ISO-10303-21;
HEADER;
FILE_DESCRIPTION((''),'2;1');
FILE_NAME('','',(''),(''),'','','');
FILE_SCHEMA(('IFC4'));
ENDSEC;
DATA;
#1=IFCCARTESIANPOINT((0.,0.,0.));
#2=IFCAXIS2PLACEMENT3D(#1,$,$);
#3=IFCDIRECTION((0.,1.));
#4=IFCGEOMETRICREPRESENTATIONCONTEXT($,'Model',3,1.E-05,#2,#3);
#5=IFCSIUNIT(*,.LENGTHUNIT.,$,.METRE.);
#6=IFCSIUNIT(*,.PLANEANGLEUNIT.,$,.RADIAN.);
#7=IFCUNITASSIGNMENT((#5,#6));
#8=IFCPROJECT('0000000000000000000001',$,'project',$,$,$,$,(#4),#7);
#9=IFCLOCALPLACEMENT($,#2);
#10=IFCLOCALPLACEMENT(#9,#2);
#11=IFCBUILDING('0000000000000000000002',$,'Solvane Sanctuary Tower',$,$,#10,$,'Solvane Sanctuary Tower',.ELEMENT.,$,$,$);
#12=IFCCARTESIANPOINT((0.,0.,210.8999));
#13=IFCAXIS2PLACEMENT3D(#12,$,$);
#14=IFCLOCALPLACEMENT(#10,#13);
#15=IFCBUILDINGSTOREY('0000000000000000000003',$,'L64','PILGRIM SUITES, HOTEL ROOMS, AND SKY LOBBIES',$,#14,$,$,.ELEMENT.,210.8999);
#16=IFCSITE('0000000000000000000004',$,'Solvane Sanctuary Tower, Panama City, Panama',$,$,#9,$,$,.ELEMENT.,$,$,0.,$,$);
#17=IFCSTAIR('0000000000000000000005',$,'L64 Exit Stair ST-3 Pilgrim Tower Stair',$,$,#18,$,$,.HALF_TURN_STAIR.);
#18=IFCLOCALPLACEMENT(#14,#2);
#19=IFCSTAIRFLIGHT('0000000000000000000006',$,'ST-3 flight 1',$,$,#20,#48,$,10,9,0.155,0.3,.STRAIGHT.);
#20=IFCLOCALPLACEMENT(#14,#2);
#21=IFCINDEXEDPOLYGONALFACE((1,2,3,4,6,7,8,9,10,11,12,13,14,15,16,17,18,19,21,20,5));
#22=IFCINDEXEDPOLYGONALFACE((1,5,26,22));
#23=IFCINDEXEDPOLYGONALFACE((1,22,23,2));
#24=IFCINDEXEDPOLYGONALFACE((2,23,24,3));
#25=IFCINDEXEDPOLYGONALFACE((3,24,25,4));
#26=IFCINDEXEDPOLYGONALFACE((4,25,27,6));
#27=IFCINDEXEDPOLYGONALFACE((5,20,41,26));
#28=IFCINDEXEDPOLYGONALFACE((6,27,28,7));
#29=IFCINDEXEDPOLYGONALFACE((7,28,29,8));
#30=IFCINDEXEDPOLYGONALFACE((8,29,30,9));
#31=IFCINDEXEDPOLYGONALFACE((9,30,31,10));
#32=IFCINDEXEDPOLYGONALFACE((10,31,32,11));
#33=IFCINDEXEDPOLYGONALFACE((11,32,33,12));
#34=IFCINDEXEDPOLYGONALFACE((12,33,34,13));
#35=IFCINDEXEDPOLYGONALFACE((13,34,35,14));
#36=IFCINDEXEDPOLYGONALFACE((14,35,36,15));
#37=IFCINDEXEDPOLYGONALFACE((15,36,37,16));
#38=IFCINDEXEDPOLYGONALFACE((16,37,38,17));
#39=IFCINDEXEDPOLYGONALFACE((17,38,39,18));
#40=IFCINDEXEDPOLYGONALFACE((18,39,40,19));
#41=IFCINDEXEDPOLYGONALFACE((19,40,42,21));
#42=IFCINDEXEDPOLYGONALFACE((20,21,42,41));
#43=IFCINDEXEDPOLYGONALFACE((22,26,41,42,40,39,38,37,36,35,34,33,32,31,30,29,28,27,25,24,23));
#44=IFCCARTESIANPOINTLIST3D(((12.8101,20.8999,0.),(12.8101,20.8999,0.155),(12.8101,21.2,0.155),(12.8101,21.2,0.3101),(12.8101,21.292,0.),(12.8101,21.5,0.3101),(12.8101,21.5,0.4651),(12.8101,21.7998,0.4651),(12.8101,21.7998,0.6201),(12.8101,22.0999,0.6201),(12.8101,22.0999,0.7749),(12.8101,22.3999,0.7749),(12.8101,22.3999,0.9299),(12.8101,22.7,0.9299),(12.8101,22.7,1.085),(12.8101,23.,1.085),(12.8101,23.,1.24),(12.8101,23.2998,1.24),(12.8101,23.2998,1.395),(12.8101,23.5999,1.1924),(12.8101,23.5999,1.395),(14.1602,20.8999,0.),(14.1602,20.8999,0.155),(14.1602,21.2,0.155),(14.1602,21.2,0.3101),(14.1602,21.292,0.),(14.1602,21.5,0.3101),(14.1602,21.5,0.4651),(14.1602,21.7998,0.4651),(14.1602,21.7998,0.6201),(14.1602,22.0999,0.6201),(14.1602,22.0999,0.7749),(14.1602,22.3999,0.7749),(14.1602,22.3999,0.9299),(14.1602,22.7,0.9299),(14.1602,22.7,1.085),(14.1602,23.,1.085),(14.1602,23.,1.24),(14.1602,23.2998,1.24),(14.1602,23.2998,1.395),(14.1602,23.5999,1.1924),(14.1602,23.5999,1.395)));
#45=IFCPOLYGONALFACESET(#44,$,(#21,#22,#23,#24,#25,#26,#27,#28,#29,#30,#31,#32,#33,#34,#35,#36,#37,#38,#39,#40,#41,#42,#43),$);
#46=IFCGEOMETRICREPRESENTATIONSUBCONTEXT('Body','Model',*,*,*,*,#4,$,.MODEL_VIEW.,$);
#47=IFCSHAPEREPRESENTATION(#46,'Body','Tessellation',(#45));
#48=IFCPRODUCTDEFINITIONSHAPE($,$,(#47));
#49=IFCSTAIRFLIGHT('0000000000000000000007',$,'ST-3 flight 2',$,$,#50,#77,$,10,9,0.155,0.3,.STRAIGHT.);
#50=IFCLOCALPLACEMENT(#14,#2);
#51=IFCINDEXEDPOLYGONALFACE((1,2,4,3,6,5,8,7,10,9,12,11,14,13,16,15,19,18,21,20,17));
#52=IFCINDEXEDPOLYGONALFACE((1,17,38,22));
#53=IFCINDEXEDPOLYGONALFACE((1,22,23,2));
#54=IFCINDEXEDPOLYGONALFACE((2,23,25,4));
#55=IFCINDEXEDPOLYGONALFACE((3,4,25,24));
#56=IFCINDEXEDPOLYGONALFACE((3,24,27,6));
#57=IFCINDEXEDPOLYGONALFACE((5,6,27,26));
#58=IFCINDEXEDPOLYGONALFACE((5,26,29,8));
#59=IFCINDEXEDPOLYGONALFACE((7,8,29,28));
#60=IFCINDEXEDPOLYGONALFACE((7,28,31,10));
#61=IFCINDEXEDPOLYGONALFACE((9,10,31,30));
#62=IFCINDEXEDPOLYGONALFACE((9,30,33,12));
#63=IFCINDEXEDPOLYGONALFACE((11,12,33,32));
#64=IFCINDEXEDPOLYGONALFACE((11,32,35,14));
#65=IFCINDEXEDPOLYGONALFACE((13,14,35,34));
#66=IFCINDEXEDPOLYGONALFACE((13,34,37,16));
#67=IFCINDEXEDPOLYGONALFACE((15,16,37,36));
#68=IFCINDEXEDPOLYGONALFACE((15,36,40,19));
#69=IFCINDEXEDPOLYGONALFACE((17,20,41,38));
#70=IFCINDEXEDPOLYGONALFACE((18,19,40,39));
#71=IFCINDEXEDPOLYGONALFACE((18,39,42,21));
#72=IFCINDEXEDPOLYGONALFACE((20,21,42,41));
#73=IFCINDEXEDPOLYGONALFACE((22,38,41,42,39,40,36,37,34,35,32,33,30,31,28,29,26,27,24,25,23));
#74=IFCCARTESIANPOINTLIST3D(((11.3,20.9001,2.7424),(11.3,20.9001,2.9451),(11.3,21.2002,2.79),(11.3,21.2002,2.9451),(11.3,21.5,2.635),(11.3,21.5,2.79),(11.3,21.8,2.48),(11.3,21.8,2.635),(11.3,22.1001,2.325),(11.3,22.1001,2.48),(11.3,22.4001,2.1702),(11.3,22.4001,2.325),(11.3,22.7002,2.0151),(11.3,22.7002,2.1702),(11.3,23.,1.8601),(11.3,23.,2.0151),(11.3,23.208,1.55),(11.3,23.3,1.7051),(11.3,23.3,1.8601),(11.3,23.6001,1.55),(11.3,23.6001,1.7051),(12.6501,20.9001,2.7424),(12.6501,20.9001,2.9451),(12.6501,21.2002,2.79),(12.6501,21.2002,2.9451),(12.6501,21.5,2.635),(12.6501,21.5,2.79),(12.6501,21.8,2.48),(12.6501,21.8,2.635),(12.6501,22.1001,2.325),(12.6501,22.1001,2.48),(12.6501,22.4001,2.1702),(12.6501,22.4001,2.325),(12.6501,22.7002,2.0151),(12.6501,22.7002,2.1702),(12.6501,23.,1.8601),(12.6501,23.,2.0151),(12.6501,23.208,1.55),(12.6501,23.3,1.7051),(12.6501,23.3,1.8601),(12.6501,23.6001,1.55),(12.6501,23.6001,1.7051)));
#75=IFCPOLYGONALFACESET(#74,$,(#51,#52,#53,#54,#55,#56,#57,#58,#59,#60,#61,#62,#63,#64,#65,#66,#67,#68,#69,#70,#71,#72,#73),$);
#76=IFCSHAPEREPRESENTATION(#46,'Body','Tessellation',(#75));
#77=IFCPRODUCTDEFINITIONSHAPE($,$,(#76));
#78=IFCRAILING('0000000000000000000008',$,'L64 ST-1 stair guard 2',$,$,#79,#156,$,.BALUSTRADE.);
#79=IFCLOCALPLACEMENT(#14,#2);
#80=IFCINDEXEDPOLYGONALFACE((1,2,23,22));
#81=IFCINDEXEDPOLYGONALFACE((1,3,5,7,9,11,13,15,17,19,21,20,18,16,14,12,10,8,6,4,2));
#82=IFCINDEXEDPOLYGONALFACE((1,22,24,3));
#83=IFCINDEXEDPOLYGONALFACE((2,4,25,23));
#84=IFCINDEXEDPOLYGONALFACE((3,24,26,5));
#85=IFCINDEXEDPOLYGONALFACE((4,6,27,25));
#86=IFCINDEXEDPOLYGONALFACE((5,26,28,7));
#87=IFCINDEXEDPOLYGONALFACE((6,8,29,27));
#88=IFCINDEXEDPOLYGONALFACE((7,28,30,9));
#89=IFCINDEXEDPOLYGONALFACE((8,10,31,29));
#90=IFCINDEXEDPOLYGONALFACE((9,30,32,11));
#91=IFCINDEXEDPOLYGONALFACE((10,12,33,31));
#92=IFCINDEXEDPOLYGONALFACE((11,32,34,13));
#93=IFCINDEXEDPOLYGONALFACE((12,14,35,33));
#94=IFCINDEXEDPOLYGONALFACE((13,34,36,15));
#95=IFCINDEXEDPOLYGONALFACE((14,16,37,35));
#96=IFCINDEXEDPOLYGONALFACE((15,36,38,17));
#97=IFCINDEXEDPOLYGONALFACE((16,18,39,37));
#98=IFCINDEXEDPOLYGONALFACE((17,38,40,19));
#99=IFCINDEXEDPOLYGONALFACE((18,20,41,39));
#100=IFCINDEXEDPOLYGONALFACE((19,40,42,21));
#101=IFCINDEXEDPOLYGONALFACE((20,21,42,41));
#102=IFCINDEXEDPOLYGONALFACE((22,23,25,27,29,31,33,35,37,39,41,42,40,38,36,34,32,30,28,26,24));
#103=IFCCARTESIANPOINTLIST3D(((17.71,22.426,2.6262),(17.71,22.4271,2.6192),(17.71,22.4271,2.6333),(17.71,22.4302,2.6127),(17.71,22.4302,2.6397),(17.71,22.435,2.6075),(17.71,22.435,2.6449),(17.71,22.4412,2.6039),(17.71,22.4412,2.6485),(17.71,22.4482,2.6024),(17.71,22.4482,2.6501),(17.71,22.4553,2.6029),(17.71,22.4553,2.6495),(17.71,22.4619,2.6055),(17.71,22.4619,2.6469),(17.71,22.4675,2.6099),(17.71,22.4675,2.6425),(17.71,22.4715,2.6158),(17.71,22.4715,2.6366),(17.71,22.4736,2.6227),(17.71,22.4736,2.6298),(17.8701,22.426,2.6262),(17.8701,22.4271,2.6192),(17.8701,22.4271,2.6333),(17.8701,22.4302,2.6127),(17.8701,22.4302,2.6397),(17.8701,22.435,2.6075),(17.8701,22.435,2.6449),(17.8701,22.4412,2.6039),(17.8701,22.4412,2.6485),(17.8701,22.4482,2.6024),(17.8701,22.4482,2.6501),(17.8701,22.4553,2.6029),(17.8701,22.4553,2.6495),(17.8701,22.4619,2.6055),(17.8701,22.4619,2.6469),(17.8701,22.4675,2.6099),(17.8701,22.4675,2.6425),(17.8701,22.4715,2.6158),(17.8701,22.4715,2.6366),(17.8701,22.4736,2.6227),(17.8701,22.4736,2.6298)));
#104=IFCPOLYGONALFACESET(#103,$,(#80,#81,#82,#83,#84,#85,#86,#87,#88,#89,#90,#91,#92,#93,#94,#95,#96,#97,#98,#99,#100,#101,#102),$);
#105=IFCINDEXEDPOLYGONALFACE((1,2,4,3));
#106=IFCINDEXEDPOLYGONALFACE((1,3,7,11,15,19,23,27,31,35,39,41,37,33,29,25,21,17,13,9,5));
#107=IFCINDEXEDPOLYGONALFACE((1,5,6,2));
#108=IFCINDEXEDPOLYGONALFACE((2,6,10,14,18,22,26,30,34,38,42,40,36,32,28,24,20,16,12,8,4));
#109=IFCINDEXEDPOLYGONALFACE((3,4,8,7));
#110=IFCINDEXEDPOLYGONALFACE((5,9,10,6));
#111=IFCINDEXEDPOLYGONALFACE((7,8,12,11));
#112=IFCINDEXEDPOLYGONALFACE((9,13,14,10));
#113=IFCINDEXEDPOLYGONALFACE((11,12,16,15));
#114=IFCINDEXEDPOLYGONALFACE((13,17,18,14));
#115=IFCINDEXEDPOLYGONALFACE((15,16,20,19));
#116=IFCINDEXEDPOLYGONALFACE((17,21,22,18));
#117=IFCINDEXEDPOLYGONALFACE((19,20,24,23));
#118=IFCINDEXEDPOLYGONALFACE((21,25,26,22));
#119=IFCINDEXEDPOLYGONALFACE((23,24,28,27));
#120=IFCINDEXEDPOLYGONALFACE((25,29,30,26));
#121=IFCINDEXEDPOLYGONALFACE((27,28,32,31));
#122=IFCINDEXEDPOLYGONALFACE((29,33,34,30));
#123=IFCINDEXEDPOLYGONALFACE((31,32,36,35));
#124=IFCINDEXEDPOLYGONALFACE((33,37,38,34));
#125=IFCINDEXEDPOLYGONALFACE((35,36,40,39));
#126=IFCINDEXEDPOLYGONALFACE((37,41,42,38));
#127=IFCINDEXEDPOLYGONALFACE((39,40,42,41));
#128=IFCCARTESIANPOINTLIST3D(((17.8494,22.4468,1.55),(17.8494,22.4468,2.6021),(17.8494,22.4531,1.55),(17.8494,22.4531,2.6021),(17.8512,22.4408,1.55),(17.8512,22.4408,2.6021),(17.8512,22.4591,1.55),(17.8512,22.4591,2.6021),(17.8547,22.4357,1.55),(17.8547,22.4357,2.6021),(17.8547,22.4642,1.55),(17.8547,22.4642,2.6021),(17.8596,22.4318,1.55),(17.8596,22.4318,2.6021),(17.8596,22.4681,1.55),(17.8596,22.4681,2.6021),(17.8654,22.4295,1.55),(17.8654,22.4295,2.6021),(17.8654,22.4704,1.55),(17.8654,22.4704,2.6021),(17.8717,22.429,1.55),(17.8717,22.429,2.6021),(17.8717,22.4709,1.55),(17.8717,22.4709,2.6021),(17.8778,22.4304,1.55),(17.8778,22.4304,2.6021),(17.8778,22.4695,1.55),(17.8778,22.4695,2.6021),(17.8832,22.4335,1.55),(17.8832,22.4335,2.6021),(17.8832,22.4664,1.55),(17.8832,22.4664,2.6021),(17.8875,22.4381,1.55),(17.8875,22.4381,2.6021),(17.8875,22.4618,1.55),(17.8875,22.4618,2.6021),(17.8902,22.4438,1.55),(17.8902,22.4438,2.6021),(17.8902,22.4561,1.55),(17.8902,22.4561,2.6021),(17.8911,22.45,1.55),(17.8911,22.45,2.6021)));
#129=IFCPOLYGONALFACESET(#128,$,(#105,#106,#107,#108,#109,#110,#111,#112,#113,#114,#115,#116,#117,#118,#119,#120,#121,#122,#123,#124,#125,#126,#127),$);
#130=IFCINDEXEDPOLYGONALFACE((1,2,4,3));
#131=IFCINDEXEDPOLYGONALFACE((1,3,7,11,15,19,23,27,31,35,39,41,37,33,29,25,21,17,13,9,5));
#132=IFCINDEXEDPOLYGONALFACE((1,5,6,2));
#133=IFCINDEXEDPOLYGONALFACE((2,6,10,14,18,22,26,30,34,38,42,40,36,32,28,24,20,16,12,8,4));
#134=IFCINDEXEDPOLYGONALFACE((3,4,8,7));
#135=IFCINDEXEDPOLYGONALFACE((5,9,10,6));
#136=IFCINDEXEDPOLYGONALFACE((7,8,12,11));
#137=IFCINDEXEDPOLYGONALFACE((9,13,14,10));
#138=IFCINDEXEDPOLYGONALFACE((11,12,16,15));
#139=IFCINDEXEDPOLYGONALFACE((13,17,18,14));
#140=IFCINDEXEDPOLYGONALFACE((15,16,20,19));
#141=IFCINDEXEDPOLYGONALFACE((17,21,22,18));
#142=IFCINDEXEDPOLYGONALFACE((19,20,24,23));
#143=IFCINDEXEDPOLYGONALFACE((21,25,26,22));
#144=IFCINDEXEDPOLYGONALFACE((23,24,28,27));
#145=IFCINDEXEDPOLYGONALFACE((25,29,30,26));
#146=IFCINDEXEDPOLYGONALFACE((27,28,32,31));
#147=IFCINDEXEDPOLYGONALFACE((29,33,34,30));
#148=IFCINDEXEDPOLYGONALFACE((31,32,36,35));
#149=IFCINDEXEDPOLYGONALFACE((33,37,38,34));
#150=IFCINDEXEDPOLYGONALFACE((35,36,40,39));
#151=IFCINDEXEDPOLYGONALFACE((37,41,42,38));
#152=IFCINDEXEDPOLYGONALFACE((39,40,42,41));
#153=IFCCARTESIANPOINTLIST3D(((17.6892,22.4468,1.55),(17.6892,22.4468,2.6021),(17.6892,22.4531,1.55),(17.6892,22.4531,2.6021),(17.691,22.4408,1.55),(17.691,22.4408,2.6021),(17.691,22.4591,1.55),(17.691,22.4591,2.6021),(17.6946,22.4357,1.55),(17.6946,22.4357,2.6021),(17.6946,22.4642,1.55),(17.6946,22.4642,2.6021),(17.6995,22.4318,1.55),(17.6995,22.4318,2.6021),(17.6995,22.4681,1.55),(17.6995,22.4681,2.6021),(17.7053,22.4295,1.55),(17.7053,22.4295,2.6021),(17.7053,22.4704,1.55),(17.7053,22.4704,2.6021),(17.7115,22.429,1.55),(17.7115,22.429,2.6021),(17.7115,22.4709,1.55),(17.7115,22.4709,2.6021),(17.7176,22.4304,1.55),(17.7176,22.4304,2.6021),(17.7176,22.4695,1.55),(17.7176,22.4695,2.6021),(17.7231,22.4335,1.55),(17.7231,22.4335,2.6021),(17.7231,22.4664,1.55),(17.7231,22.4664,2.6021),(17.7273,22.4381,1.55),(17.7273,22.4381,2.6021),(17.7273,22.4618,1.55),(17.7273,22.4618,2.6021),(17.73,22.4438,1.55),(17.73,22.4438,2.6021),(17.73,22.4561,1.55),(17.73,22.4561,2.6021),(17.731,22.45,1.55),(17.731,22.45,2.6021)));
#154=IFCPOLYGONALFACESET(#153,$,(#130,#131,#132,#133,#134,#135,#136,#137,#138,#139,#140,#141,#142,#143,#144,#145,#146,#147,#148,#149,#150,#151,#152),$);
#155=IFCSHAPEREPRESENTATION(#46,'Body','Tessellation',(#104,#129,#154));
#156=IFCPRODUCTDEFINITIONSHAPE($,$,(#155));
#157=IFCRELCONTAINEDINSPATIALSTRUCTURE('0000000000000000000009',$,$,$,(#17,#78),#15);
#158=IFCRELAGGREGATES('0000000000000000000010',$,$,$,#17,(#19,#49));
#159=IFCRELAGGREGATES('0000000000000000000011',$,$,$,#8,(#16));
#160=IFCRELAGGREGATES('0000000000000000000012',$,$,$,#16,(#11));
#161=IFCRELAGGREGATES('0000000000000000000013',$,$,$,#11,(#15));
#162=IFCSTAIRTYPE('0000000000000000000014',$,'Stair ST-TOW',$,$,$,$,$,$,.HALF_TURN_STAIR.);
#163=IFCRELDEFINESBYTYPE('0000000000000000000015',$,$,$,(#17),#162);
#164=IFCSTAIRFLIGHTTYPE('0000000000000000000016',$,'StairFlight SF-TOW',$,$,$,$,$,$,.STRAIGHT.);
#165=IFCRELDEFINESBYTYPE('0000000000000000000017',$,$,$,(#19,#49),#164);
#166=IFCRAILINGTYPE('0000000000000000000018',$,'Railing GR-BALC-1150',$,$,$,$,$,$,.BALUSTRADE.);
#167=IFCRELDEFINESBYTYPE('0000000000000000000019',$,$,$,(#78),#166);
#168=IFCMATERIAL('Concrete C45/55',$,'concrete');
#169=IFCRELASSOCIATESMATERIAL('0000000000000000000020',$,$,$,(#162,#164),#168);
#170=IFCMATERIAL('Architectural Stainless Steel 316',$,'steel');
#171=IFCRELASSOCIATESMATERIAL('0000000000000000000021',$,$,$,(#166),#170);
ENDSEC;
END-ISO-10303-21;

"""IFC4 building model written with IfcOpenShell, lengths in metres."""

from ifc_helpers import new_model, si_unit, direction, frame, origin, origin_2d, place, context, subcontext, project, spatial, polyline, circle, outline, extrude, material, type_object, element, aggregate, save


model = new_model("IFC4")

# Units and contexts
model_context = context("Model", 3, precision=1e-05, world=origin(), true_north=direction((0.0, 1.0)))
body_context = subcontext(model_context, "Body", "Model", "MODEL_VIEW")
ifc_project = project(units=[si_unit("LENGTHUNIT", "METRE"), si_unit("PLANEANGLEUNIT", "RADIAN")], contexts=[model_context])

# Site, building, storey
site_placement = place(None, origin())
site = spatial("IfcSite", under=ifc_project, at=site_placement, Name="Solvane Sanctuary Tower, Panama City, Panama", CompositionType="ELEMENT", RefElevation=0.0)
building_placement = place(site_placement, origin())
building = spatial("IfcBuilding", under=site, at=building_placement, Name="Solvane Sanctuary Tower", LongName="Solvane Sanctuary Tower", CompositionType="ELEMENT")
storey_placement = place(building_placement, frame((0.0, 0.0, 210.8999)))
storey = spatial("IfcBuildingStorey", under=building, at=storey_placement, Name="L64", Description="PILGRIM SUITES, HOTEL ROOMS, AND SKY LOBBIES", CompositionType="ELEMENT", Elevation=210.8999)

# Shared definitions
ifc_material_1 = material(Name="Concrete C45/55", Category="concrete")
stair_type = type_object("IfcStairType", Name="Stair ST-TOW", PredefinedType="HALF_TURN_STAIR", material=ifc_material_1)
stair_flight_type = type_object("IfcStairFlightType", Name="StairFlight SF-TOW", PredefinedType="STRAIGHT", material=ifc_material_1)

# Stair, stair flights
stair_1_placement = place(storey_placement, origin())
stair_1 = element("IfcStair", 1, at=stair_1_placement, inside=storey, type_object=stair_type, Name="L64 Exit Stair ST-3 Pilgrim Tower Stair", PredefinedType="HALF_TURN_STAIR")
stair_flight_1_placement = place(storey_placement, frame((13.4851, 20.8999, 0.0), z_axis=(0.0, 0.0, 1.0), x_axis=(0.0, 1.0, 0.0)))
stair_flight_1 = element("IfcStairFlight", 2, at=stair_flight_1_placement, type_object=stair_flight_type, Name="ST-3 flight 1", NumberOfRisers=10, NumberOfTreads=9, PredefinedType="STRAIGHT", RiserHeight=0.155, TreadLength=0.3, context=body_context, shape_type="SweptSolid", body=[
    extrude(outline(polyline([(0.0, 0.0), (0.0, 0.155), (0.3, 0.155), (0.3, 0.3101), (0.6001, 0.3101), (0.6001, 0.4651), (0.8999, 0.4651), (0.8999, 0.6201), (1.2, 0.6201), (1.2, 0.7749), (1.5, 0.7749), (1.5, 0.9299), (1.8, 0.9299), (1.8, 1.085), (2.1001, 1.085), (2.1001, 1.24), (2.3999, 1.24), (2.3999, 1.395), (2.7, 1.395), (2.7, 1.55), (2.7, 1.1924), (0.3921, 0.0), (0.0, 0.0)])), frame((0.0, 0.675, 0.0), z_axis=(0.0, -1.0, 0.0), x_axis=(1.0, 0.0, 0.0)), (0.0, 0.0, 1.0), 1.3501),
])
stair_flight_2_placement = place(storey_placement, frame((11.9751, 23.6001, 1.55), z_axis=(0.0, 0.0, 1.0), x_axis=(0.0, -1.0, 0.0)))
stair_flight_2 = element("IfcStairFlight", 3, at=stair_flight_2_placement, type_object=stair_flight_type, Name="ST-3 flight 2", NumberOfRisers=10, NumberOfTreads=9, PredefinedType="STRAIGHT", RiserHeight=0.155, TreadLength=0.3, context=body_context, shape_type="SweptSolid", body=[
    extrude(outline(polyline([(0.0, 0.0), (0.0, 0.155), (0.3, 0.155), (0.3, 0.3101), (0.6001, 0.3101), (0.6001, 0.4651), (0.8999, 0.4651), (0.8999, 0.6201), (1.2, 0.6201), (1.2, 0.7749), (1.5, 0.7749), (1.5, 0.9299), (1.8, 0.9299), (1.8, 1.085), (2.1001, 1.085), (2.1001, 1.24), (2.3999, 1.24), (2.3999, 1.395), (2.7, 1.395), (2.7, 1.55), (2.7, 1.1924), (0.3921, 0.0), (0.0, 0.0)])), frame((0.0, 0.675, 0.0), z_axis=(0.0, -1.0, 0.0), x_axis=(1.0, 0.0, 0.0)), (0.0, 0.0, 1.0), 1.3501),
])
aggregate(stair_1, [stair_flight_1, stair_flight_2])

# Railing
ifc_material_2 = material(Name="Architectural Stainless Steel 316", Category="steel")
railing_type_1 = type_object("IfcRailingType", Name="Railing GR-BALC-1150", PredefinedType="BALUSTRADE", material=ifc_material_2)
railing_1_placement = place(storey_placement, frame((17.8701, 22.45, 1.55)))
element("IfcRailing", 4, at=railing_1_placement, inside=storey, type_object=railing_type_1, Name="L64 ST-1 stair guard 2", PredefinedType="BALUSTRADE", context=body_context, shape_type="SweptSolid", body=[
    extrude(circle(Radius=0.0239, at=origin_2d()), frame((0.0, 0.0, 1.0762), z_axis=(-1.0, 0.0, 0.0), x_axis=(0.0, -1.0, 0.0)), (0.0, 0.0, 1.0), 0.1602),
    extrude(circle(Radius=0.021, at=origin_2d()), origin(), (0.0, 0.0, 1.0), 1.052),
    extrude(circle(Radius=0.021, at=origin_2d()), frame((-0.1602, 0.0, 0.0)), (0.0, 0.0, 1.0), 1.052),
])

save(model, "model.ifc")
